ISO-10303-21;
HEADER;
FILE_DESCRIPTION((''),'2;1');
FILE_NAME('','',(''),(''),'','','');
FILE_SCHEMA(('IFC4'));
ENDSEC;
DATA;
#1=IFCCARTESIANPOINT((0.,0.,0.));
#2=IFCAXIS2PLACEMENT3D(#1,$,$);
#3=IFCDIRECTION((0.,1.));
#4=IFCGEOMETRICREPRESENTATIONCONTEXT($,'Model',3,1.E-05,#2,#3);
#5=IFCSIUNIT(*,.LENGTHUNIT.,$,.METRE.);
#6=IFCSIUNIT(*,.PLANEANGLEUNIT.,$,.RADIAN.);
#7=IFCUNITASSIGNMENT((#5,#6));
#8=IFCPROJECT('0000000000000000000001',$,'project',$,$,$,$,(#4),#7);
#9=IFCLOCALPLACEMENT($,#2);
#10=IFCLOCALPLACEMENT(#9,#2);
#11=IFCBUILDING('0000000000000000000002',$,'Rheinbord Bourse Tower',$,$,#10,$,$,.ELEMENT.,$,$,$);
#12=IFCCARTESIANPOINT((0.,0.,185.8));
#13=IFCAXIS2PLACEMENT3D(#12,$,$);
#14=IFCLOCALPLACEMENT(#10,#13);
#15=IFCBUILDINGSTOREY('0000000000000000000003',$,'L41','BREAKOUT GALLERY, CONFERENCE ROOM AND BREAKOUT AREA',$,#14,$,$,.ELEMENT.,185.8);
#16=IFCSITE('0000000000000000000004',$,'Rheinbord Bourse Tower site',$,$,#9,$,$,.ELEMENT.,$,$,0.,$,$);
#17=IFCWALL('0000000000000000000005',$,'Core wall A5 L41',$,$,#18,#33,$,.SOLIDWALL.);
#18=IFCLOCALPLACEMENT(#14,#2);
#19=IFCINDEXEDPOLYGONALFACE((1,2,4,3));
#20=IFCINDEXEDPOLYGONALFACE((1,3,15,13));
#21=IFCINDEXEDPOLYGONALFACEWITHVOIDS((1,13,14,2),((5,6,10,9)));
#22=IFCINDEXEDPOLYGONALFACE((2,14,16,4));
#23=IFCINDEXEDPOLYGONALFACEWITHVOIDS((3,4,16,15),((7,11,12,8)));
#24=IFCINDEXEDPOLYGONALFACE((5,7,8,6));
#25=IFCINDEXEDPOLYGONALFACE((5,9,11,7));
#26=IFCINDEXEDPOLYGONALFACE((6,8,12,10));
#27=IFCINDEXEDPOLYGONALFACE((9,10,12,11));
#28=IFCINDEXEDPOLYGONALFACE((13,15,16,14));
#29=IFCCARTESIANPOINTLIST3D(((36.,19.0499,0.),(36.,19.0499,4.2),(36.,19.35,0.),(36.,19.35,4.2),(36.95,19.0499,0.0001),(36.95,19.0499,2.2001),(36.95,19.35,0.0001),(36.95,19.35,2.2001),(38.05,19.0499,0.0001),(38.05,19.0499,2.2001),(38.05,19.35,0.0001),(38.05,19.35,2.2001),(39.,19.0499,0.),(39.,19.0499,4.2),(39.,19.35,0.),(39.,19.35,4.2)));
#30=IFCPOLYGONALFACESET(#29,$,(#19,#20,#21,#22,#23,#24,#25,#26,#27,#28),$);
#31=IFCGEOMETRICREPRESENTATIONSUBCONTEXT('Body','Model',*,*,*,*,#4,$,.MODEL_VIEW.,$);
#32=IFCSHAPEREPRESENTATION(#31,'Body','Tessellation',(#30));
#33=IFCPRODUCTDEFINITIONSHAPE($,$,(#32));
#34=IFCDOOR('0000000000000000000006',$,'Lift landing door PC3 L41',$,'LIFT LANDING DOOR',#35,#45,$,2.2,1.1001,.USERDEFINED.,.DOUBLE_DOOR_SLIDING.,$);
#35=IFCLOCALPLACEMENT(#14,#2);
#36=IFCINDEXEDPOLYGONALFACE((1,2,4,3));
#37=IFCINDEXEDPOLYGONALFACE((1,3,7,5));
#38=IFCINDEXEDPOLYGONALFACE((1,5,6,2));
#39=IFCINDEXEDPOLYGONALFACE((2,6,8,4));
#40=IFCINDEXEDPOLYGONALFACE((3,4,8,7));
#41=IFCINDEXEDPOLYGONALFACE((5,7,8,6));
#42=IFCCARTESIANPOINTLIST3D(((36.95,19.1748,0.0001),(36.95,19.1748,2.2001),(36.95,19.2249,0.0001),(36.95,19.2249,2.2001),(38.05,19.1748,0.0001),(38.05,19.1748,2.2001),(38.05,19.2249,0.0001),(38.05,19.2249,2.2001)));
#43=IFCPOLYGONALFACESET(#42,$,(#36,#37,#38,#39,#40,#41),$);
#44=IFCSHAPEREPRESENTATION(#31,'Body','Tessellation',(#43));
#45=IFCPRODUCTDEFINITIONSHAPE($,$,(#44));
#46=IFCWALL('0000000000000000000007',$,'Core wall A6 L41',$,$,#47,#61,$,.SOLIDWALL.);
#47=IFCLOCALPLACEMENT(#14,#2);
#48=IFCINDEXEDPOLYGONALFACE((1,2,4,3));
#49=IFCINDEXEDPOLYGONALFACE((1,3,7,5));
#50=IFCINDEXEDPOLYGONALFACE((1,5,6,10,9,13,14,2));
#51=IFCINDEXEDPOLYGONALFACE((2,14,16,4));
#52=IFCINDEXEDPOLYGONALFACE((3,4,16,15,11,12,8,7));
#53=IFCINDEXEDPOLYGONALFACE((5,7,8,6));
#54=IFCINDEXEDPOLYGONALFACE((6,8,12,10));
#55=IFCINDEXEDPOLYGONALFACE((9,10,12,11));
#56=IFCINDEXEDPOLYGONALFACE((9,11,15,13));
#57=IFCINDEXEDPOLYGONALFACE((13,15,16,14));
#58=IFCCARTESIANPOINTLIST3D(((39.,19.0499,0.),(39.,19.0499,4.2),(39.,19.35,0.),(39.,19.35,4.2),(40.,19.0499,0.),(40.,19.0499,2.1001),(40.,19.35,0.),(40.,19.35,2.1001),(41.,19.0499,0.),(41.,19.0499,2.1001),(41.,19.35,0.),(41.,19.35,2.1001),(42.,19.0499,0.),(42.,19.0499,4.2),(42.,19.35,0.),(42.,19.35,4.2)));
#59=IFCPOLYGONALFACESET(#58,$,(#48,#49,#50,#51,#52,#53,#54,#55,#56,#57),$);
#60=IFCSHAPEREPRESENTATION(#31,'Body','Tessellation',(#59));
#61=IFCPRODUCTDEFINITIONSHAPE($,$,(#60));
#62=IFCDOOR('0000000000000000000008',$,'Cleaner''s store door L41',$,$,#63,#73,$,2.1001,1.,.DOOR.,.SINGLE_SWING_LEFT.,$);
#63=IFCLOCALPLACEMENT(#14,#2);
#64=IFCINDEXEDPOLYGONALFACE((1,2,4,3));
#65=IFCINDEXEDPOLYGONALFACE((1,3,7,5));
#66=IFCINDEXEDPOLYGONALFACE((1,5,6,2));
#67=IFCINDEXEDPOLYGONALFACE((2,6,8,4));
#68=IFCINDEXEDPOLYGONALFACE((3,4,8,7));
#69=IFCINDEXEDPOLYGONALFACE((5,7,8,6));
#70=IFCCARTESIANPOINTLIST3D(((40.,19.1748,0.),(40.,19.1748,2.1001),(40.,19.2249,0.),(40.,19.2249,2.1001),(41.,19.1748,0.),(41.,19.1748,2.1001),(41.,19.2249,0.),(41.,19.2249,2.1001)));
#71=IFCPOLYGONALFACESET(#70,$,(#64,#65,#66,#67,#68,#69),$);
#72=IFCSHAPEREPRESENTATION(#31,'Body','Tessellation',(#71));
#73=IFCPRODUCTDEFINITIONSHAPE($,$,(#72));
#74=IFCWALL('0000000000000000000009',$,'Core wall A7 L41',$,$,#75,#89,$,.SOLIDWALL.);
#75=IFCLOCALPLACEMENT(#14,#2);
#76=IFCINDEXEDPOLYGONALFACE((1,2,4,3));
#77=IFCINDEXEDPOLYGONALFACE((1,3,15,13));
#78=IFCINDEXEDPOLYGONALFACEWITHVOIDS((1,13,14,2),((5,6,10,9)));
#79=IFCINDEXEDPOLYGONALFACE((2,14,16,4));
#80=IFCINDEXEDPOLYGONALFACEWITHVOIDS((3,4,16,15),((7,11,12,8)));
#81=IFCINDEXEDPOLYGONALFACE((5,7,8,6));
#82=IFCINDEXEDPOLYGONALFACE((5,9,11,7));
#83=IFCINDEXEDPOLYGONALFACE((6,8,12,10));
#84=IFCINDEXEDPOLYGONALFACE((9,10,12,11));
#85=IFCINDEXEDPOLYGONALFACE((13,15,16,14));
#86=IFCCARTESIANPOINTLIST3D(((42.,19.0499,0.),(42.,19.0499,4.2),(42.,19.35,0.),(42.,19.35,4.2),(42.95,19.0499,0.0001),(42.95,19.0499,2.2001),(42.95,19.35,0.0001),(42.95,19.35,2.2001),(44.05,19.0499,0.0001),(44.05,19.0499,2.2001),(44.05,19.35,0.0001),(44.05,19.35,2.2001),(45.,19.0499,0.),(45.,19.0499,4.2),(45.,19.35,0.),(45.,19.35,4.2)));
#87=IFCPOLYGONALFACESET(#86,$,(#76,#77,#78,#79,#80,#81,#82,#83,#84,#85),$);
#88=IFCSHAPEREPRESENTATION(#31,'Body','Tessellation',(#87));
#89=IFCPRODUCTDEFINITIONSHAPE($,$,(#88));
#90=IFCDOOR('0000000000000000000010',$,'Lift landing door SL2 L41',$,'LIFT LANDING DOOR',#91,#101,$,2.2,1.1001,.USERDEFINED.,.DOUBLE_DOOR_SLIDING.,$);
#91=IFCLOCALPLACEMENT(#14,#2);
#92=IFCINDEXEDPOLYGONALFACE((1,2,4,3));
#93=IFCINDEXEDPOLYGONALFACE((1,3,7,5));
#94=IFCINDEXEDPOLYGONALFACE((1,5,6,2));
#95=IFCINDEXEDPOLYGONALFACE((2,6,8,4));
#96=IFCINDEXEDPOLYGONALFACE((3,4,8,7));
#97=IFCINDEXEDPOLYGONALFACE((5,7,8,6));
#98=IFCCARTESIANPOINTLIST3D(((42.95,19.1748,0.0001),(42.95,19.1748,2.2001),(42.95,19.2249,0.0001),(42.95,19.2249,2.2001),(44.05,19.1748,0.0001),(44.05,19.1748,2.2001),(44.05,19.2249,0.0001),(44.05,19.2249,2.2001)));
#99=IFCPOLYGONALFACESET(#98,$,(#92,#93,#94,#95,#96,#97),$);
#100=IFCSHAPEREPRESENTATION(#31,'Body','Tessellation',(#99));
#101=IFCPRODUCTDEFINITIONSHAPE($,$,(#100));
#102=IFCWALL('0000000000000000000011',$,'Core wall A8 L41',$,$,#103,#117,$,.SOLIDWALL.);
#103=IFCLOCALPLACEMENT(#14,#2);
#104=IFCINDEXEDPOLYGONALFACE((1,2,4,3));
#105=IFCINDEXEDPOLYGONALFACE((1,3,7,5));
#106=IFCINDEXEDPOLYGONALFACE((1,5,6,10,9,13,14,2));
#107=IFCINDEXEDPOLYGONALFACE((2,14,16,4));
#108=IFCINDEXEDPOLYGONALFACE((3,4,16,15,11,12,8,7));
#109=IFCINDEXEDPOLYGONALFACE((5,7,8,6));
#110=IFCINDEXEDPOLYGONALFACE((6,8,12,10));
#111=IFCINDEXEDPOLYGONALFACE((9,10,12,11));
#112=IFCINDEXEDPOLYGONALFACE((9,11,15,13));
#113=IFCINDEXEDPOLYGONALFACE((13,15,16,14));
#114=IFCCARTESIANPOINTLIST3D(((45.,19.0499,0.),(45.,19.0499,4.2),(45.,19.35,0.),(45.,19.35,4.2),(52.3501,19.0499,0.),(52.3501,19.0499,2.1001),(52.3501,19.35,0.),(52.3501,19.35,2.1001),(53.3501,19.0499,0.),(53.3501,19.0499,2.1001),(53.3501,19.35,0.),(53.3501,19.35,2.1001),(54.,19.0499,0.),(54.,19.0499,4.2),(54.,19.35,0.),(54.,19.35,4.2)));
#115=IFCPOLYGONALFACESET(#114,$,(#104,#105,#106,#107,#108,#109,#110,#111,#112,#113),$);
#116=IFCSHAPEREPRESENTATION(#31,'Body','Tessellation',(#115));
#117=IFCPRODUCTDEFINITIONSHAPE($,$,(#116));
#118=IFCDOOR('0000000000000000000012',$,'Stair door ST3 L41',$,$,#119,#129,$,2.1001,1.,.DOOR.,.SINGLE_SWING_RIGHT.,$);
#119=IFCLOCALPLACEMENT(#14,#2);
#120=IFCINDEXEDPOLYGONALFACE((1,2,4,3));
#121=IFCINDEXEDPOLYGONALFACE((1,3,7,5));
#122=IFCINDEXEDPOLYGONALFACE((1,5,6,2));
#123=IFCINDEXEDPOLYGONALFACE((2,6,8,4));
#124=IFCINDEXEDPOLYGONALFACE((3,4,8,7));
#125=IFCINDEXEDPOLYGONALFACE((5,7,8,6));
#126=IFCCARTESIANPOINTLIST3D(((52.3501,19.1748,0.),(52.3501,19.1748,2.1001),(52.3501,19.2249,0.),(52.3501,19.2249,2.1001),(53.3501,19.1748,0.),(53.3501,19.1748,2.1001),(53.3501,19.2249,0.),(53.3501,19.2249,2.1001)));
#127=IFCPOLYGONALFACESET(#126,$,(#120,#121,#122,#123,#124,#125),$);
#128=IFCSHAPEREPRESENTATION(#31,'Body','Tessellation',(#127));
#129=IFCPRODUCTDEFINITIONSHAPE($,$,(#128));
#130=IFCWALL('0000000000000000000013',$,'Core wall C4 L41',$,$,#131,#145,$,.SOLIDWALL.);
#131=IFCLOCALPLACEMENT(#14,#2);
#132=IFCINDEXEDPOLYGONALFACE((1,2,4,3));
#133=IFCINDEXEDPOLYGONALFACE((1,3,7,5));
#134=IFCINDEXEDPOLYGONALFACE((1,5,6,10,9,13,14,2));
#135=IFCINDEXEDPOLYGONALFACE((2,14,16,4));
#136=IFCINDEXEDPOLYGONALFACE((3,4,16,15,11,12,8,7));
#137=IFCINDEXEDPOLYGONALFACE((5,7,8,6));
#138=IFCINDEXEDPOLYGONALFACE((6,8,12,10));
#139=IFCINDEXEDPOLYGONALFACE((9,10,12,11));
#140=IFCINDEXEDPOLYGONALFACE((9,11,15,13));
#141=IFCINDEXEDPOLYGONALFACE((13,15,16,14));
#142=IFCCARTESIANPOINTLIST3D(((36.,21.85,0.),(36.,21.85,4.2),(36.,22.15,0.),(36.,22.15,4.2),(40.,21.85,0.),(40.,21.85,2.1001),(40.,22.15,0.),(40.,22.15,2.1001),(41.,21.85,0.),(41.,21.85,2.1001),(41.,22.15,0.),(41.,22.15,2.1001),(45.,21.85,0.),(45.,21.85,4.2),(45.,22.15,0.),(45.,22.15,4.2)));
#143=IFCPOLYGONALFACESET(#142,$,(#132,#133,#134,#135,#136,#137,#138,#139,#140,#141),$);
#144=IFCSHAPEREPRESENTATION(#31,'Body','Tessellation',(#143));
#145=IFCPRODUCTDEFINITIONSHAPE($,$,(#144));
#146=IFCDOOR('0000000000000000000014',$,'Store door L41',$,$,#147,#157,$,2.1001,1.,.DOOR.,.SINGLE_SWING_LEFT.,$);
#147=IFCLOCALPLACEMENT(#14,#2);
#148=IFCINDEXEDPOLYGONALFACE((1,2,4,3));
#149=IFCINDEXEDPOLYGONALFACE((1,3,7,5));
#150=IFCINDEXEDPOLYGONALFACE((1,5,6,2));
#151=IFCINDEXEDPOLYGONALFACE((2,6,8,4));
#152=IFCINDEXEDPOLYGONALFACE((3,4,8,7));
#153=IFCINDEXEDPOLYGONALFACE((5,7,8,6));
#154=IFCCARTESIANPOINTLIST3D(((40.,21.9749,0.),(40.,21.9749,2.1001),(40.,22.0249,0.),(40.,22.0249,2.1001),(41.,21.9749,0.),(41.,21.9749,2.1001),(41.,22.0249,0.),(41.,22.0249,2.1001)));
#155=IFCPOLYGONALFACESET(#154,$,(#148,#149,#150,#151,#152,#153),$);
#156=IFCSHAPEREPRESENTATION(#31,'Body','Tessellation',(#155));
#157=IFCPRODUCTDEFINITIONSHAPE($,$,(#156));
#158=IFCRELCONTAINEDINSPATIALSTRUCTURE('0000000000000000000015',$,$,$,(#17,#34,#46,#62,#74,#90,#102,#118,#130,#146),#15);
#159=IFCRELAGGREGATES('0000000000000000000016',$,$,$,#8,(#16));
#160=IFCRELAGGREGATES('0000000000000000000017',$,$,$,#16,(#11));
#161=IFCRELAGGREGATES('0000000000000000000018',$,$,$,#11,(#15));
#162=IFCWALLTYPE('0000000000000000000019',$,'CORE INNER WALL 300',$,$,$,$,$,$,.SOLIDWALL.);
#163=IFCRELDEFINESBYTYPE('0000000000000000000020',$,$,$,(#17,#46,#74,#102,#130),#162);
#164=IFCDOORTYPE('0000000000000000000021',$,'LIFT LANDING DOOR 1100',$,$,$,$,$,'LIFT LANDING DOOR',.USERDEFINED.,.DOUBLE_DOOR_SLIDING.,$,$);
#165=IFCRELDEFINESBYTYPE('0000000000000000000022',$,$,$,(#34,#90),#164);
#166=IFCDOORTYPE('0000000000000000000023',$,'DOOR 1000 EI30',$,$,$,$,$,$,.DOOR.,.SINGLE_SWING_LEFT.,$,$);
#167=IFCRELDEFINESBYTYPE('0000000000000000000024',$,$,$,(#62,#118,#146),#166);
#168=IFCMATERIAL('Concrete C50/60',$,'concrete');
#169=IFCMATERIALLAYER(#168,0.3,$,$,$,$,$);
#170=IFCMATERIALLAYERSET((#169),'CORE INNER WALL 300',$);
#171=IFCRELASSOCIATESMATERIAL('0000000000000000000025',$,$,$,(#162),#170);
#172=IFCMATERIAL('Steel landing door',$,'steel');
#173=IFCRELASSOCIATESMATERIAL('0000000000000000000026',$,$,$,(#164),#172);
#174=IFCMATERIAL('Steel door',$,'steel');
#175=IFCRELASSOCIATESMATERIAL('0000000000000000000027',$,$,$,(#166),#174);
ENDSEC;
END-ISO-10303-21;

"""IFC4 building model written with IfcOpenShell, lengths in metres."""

from ifc_helpers import new_model, si_unit, direction, frame, frame_2d, origin, place, context, subcontext, project, spatial, rectangle, extrude, material, layer, layer_set, type_object, element, fill, save


model = new_model("IFC4")

# Units and contexts
model_context = context("Model", 3, precision=1e-05, world=origin(), true_north=direction((0.0, 1.0)))
body_context = subcontext(model_context, "Body", "Model", "MODEL_VIEW")
ifc_project = project(units=[si_unit("LENGTHUNIT", "METRE"), si_unit("PLANEANGLEUNIT", "RADIAN")], contexts=[model_context])

# Site, building, storey
site_placement = place(None, origin())
site = spatial("IfcSite", under=ifc_project, at=site_placement, Name="Rheinbord Bourse Tower site", CompositionType="ELEMENT", RefElevation=0.0)
building_placement = place(site_placement, origin())
building = spatial("IfcBuilding", under=site, at=building_placement, Name="Rheinbord Bourse Tower", CompositionType="ELEMENT")
storey_placement = place(building_placement, frame((0.0, 0.0, 185.8)))
storey = spatial("IfcBuildingStorey", under=building, at=storey_placement, Name="L41", Description="BREAKOUT GALLERY, CONFERENCE ROOM AND BREAKOUT AREA", CompositionType="ELEMENT", Elevation=185.8)

# Walls, openings, doors
ifc_material_1 = material(Name="Concrete C50/60", Category="concrete")
ifc_layer_1 = layer(ifc_material_1, 0.3)
ifc_layer_set_1 = layer_set([ifc_layer_1], Name="CORE INNER WALL 300")
wall_type_1 = type_object("IfcWallType", Name="CORE INNER WALL 300", PredefinedType="SOLIDWALL", material=ifc_layer_set_1)
wall_1_placement = place(storey_placement, frame((36.0, 19.2, 0.0), z_axis=(0.0, 0.0, 1.0), x_axis=(1.0, 0.0, 0.0)))
wall_1 = element("IfcWall", 1, at=wall_1_placement, inside=storey, type_object=wall_type_1, Name="Core wall A5 L41", PredefinedType="SOLIDWALL", context=body_context, shape_type="SweptSolid", body=[
    extrude(rectangle(XDim=3.0, YDim=0.3, at=frame_2d((1.5, 0.0))), origin(), (0.0, 0.0, 1.0), 4.2),
])
opening_1_placement = place(wall_1_placement, frame((0.95, 0.0, 0.0)))
opening_1 = element("IfcOpeningElement", 2, at=opening_1_placement, cuts=wall_1, PredefinedType="OPENING", context=body_context, shape_type="SweptSolid", body=[
    extrude(rectangle(XDim=1.1001, YDim=2.2, at=frame_2d((0.55, 1.1001))), frame((0.0, 0.1599, 0.0), z_axis=(0.0, -1.0, 0.0), x_axis=(1.0, 0.0, 0.0)), (0.0, 0.0, 1.0), 0.3201),
])
ifc_material_2 = material(Name="Steel landing door", Category="steel")
door_type_1 = type_object("IfcDoorType", Name="LIFT LANDING DOOR 1100", ElementType="LIFT LANDING DOOR", OperationType="DOUBLE_DOOR_SLIDING", PredefinedType="USERDEFINED", material=ifc_material_2)
door_1_placement = place(opening_1_placement, origin())
door_1 = element("IfcDoor", 3, at=door_1_placement, inside=storey, type_object=door_type_1, Name="Lift landing door PC3 L41", ObjectType="LIFT LANDING DOOR", OperationType="DOUBLE_DOOR_SLIDING", OverallHeight=2.2, OverallWidth=1.1001, PredefinedType="USERDEFINED", context=body_context, shape_type="SweptSolid", body=[
    extrude(rectangle(XDim=1.1001, YDim=2.2, at=frame_2d((0.55, 1.1001))), frame((0.0, 0.0249, 0.0), z_axis=(0.0, -1.0, 0.0), x_axis=(1.0, 0.0, 0.0)), (0.0, 0.0, 1.0), 0.05),
])
fill(opening_1, door_1)
wall_2_placement = place(storey_placement, frame((39.0, 19.2, 0.0), z_axis=(0.0, 0.0, 1.0), x_axis=(1.0, 0.0, 0.0)))
wall_2 = element("IfcWall", 4, at=wall_2_placement, inside=storey, type_object=wall_type_1, Name="Core wall A6 L41", PredefinedType="SOLIDWALL", context=body_context, shape_type="SweptSolid", body=[
    extrude(rectangle(XDim=3.0, YDim=0.3, at=frame_2d((1.5, 0.0))), origin(), (0.0, 0.0, 1.0), 4.2),
])
opening_2_placement = place(wall_2_placement, frame((1.0, 0.0, 0.0)))
opening_2 = element("IfcOpeningElement", 5, at=opening_2_placement, cuts=wall_2, PredefinedType="OPENING", context=body_context, shape_type="SweptSolid", body=[
    extrude(rectangle(XDim=1.0, YDim=2.1001, at=frame_2d((0.5, 1.05))), frame((0.0, 0.1599, 0.0), z_axis=(0.0, -1.0, 0.0), x_axis=(1.0, 0.0, 0.0)), (0.0, 0.0, 1.0), 0.3201),
])
ifc_material_3 = material(Name="Steel door", Category="steel")
door_type_2 = type_object("IfcDoorType", Name="DOOR 1000 EI30", OperationType="SINGLE_SWING_LEFT", PredefinedType="DOOR", material=ifc_material_3)
door_2_placement = place(opening_2_placement, origin())
door_2 = element("IfcDoor", 6, at=door_2_placement, inside=storey, type_object=door_type_2, Name="Cleaner's store door L41", OperationType="SINGLE_SWING_LEFT", OverallHeight=2.1001, OverallWidth=1.0, PredefinedType="DOOR", context=body_context, shape_type="SweptSolid", body=[
    extrude(rectangle(XDim=1.0, YDim=2.1001, at=frame_2d((0.5, 1.05))), frame((0.0, 0.0249, 0.0), z_axis=(0.0, -1.0, 0.0), x_axis=(1.0, 0.0, 0.0)), (0.0, 0.0, 1.0), 0.05),
])
fill(opening_2, door_2)
wall_3_placement = place(storey_placement, frame((42.0, 19.2, 0.0), z_axis=(0.0, 0.0, 1.0), x_axis=(1.0, 0.0, 0.0)))
wall_3 = element("IfcWall", 7, at=wall_3_placement, inside=storey, type_object=wall_type_1, Name="Core wall A7 L41", PredefinedType="SOLIDWALL", context=body_context, shape_type="SweptSolid", body=[
    extrude(rectangle(XDim=3.0, YDim=0.3, at=frame_2d((1.5, 0.0))), origin(), (0.0, 0.0, 1.0), 4.2),
])
opening_3_placement = place(wall_3_placement, frame((0.95, 0.0, 0.0)))
opening_3 = element("IfcOpeningElement", 8, at=opening_3_placement, cuts=wall_3, PredefinedType="OPENING", context=body_context, shape_type="SweptSolid", body=[
    extrude(rectangle(XDim=1.1001, YDim=2.2, at=frame_2d((0.55, 1.1001))), frame((0.0, 0.1599, 0.0), z_axis=(0.0, -1.0, 0.0), x_axis=(1.0, 0.0, 0.0)), (0.0, 0.0, 1.0), 0.3201),
])
door_3_placement = place(opening_3_placement, origin())
door_3 = element("IfcDoor", 9, at=door_3_placement, inside=storey, type_object=door_type_1, Name="Lift landing door SL2 L41", ObjectType="LIFT LANDING DOOR", OperationType="DOUBLE_DOOR_SLIDING", OverallHeight=2.2, OverallWidth=1.1001, PredefinedType="USERDEFINED", context=body_context, shape_type="SweptSolid", body=[
    extrude(rectangle(XDim=1.1001, YDim=2.2, at=frame_2d((0.55, 1.1001))), frame((0.0, 0.0249, 0.0), z_axis=(0.0, -1.0, 0.0), x_axis=(1.0, 0.0, 0.0)), (0.0, 0.0, 1.0), 0.05),
])
fill(opening_3, door_3)
wall_4_placement = place(storey_placement, frame((45.0, 19.2, 0.0), z_axis=(0.0, 0.0, 1.0), x_axis=(1.0, 0.0, 0.0)))
wall_4 = element("IfcWall", 10, at=wall_4_placement, inside=storey, type_object=wall_type_1, Name="Core wall A8 L41", PredefinedType="SOLIDWALL", context=body_context, shape_type="SweptSolid", body=[
    extrude(rectangle(XDim=9.0, YDim=0.3, at=frame_2d((4.5, 0.0))), origin(), (0.0, 0.0, 1.0), 4.2),
])
opening_4_placement = place(wall_4_placement, frame((7.3501, 0.0, 0.0)))
opening_4 = element("IfcOpeningElement", 11, at=opening_4_placement, cuts=wall_4, PredefinedType="OPENING", context=body_context, shape_type="SweptSolid", body=[
    extrude(rectangle(XDim=1.0, YDim=2.1001, at=frame_2d((0.5, 1.05))), frame((0.0, 0.1599, 0.0), z_axis=(0.0, -1.0, 0.0), x_axis=(1.0, 0.0, 0.0)), (0.0, 0.0, 1.0), 0.3201),
])
door_4_placement = place(opening_4_placement, origin())
door_4 = element("IfcDoor", 12, at=door_4_placement, inside=storey, type_object=door_type_2, Name="Stair door ST3 L41", OperationType="SINGLE_SWING_RIGHT", OverallHeight=2.1001, OverallWidth=1.0, PredefinedType="DOOR", context=body_context, shape_type="SweptSolid", body=[
    extrude(rectangle(XDim=1.0, YDim=2.1001, at=frame_2d((0.5, 1.05))), frame((0.0, 0.0249, 0.0), z_axis=(0.0, -1.0, 0.0), x_axis=(1.0, 0.0, 0.0)), (0.0, 0.0, 1.0), 0.05),
])
fill(opening_4, door_4)
wall_5_placement = place(storey_placement, frame((36.0, 22.0, 0.0), z_axis=(0.0, 0.0, 1.0), x_axis=(1.0, 0.0, 0.0)))
wall_5 = element("IfcWall", 13, at=wall_5_placement, inside=storey, type_object=wall_type_1, Name="Core wall C4 L41", PredefinedType="SOLIDWALL", context=body_context, shape_type="SweptSolid", body=[
    extrude(rectangle(XDim=9.0, YDim=0.3, at=frame_2d((4.5, 0.0))), origin(), (0.0, 0.0, 1.0), 4.2),
])
opening_5_placement = place(wall_5_placement, frame((4.0, 0.0, 0.0)))
opening_5 = element("IfcOpeningElement", 14, at=opening_5_placement, cuts=wall_5, PredefinedType="OPENING", context=body_context, shape_type="SweptSolid", body=[
    extrude(rectangle(XDim=1.0, YDim=2.1001, at=frame_2d((0.5, 1.05))), frame((0.0, 0.1599, 0.0), z_axis=(0.0, -1.0, 0.0), x_axis=(1.0, 0.0, 0.0)), (0.0, 0.0, 1.0), 0.3201),
])
door_5_placement = place(opening_5_placement, origin())
door_5 = element("IfcDoor", 15, at=door_5_placement, inside=storey, type_object=door_type_2, Name="Store door L41", OperationType="SINGLE_SWING_LEFT", OverallHeight=2.1001, OverallWidth=1.0, PredefinedType="DOOR", context=body_context, shape_type="SweptSolid", body=[
    extrude(rectangle(XDim=1.0, YDim=2.1001, at=frame_2d((0.5, 1.05))), frame((0.0, 0.0249, 0.0), z_axis=(0.0, -1.0, 0.0), x_axis=(1.0, 0.0, 0.0)), (0.0, 0.0, 1.0), 0.05),
])
fill(opening_5, door_5)

save(model, "model.ifc")
